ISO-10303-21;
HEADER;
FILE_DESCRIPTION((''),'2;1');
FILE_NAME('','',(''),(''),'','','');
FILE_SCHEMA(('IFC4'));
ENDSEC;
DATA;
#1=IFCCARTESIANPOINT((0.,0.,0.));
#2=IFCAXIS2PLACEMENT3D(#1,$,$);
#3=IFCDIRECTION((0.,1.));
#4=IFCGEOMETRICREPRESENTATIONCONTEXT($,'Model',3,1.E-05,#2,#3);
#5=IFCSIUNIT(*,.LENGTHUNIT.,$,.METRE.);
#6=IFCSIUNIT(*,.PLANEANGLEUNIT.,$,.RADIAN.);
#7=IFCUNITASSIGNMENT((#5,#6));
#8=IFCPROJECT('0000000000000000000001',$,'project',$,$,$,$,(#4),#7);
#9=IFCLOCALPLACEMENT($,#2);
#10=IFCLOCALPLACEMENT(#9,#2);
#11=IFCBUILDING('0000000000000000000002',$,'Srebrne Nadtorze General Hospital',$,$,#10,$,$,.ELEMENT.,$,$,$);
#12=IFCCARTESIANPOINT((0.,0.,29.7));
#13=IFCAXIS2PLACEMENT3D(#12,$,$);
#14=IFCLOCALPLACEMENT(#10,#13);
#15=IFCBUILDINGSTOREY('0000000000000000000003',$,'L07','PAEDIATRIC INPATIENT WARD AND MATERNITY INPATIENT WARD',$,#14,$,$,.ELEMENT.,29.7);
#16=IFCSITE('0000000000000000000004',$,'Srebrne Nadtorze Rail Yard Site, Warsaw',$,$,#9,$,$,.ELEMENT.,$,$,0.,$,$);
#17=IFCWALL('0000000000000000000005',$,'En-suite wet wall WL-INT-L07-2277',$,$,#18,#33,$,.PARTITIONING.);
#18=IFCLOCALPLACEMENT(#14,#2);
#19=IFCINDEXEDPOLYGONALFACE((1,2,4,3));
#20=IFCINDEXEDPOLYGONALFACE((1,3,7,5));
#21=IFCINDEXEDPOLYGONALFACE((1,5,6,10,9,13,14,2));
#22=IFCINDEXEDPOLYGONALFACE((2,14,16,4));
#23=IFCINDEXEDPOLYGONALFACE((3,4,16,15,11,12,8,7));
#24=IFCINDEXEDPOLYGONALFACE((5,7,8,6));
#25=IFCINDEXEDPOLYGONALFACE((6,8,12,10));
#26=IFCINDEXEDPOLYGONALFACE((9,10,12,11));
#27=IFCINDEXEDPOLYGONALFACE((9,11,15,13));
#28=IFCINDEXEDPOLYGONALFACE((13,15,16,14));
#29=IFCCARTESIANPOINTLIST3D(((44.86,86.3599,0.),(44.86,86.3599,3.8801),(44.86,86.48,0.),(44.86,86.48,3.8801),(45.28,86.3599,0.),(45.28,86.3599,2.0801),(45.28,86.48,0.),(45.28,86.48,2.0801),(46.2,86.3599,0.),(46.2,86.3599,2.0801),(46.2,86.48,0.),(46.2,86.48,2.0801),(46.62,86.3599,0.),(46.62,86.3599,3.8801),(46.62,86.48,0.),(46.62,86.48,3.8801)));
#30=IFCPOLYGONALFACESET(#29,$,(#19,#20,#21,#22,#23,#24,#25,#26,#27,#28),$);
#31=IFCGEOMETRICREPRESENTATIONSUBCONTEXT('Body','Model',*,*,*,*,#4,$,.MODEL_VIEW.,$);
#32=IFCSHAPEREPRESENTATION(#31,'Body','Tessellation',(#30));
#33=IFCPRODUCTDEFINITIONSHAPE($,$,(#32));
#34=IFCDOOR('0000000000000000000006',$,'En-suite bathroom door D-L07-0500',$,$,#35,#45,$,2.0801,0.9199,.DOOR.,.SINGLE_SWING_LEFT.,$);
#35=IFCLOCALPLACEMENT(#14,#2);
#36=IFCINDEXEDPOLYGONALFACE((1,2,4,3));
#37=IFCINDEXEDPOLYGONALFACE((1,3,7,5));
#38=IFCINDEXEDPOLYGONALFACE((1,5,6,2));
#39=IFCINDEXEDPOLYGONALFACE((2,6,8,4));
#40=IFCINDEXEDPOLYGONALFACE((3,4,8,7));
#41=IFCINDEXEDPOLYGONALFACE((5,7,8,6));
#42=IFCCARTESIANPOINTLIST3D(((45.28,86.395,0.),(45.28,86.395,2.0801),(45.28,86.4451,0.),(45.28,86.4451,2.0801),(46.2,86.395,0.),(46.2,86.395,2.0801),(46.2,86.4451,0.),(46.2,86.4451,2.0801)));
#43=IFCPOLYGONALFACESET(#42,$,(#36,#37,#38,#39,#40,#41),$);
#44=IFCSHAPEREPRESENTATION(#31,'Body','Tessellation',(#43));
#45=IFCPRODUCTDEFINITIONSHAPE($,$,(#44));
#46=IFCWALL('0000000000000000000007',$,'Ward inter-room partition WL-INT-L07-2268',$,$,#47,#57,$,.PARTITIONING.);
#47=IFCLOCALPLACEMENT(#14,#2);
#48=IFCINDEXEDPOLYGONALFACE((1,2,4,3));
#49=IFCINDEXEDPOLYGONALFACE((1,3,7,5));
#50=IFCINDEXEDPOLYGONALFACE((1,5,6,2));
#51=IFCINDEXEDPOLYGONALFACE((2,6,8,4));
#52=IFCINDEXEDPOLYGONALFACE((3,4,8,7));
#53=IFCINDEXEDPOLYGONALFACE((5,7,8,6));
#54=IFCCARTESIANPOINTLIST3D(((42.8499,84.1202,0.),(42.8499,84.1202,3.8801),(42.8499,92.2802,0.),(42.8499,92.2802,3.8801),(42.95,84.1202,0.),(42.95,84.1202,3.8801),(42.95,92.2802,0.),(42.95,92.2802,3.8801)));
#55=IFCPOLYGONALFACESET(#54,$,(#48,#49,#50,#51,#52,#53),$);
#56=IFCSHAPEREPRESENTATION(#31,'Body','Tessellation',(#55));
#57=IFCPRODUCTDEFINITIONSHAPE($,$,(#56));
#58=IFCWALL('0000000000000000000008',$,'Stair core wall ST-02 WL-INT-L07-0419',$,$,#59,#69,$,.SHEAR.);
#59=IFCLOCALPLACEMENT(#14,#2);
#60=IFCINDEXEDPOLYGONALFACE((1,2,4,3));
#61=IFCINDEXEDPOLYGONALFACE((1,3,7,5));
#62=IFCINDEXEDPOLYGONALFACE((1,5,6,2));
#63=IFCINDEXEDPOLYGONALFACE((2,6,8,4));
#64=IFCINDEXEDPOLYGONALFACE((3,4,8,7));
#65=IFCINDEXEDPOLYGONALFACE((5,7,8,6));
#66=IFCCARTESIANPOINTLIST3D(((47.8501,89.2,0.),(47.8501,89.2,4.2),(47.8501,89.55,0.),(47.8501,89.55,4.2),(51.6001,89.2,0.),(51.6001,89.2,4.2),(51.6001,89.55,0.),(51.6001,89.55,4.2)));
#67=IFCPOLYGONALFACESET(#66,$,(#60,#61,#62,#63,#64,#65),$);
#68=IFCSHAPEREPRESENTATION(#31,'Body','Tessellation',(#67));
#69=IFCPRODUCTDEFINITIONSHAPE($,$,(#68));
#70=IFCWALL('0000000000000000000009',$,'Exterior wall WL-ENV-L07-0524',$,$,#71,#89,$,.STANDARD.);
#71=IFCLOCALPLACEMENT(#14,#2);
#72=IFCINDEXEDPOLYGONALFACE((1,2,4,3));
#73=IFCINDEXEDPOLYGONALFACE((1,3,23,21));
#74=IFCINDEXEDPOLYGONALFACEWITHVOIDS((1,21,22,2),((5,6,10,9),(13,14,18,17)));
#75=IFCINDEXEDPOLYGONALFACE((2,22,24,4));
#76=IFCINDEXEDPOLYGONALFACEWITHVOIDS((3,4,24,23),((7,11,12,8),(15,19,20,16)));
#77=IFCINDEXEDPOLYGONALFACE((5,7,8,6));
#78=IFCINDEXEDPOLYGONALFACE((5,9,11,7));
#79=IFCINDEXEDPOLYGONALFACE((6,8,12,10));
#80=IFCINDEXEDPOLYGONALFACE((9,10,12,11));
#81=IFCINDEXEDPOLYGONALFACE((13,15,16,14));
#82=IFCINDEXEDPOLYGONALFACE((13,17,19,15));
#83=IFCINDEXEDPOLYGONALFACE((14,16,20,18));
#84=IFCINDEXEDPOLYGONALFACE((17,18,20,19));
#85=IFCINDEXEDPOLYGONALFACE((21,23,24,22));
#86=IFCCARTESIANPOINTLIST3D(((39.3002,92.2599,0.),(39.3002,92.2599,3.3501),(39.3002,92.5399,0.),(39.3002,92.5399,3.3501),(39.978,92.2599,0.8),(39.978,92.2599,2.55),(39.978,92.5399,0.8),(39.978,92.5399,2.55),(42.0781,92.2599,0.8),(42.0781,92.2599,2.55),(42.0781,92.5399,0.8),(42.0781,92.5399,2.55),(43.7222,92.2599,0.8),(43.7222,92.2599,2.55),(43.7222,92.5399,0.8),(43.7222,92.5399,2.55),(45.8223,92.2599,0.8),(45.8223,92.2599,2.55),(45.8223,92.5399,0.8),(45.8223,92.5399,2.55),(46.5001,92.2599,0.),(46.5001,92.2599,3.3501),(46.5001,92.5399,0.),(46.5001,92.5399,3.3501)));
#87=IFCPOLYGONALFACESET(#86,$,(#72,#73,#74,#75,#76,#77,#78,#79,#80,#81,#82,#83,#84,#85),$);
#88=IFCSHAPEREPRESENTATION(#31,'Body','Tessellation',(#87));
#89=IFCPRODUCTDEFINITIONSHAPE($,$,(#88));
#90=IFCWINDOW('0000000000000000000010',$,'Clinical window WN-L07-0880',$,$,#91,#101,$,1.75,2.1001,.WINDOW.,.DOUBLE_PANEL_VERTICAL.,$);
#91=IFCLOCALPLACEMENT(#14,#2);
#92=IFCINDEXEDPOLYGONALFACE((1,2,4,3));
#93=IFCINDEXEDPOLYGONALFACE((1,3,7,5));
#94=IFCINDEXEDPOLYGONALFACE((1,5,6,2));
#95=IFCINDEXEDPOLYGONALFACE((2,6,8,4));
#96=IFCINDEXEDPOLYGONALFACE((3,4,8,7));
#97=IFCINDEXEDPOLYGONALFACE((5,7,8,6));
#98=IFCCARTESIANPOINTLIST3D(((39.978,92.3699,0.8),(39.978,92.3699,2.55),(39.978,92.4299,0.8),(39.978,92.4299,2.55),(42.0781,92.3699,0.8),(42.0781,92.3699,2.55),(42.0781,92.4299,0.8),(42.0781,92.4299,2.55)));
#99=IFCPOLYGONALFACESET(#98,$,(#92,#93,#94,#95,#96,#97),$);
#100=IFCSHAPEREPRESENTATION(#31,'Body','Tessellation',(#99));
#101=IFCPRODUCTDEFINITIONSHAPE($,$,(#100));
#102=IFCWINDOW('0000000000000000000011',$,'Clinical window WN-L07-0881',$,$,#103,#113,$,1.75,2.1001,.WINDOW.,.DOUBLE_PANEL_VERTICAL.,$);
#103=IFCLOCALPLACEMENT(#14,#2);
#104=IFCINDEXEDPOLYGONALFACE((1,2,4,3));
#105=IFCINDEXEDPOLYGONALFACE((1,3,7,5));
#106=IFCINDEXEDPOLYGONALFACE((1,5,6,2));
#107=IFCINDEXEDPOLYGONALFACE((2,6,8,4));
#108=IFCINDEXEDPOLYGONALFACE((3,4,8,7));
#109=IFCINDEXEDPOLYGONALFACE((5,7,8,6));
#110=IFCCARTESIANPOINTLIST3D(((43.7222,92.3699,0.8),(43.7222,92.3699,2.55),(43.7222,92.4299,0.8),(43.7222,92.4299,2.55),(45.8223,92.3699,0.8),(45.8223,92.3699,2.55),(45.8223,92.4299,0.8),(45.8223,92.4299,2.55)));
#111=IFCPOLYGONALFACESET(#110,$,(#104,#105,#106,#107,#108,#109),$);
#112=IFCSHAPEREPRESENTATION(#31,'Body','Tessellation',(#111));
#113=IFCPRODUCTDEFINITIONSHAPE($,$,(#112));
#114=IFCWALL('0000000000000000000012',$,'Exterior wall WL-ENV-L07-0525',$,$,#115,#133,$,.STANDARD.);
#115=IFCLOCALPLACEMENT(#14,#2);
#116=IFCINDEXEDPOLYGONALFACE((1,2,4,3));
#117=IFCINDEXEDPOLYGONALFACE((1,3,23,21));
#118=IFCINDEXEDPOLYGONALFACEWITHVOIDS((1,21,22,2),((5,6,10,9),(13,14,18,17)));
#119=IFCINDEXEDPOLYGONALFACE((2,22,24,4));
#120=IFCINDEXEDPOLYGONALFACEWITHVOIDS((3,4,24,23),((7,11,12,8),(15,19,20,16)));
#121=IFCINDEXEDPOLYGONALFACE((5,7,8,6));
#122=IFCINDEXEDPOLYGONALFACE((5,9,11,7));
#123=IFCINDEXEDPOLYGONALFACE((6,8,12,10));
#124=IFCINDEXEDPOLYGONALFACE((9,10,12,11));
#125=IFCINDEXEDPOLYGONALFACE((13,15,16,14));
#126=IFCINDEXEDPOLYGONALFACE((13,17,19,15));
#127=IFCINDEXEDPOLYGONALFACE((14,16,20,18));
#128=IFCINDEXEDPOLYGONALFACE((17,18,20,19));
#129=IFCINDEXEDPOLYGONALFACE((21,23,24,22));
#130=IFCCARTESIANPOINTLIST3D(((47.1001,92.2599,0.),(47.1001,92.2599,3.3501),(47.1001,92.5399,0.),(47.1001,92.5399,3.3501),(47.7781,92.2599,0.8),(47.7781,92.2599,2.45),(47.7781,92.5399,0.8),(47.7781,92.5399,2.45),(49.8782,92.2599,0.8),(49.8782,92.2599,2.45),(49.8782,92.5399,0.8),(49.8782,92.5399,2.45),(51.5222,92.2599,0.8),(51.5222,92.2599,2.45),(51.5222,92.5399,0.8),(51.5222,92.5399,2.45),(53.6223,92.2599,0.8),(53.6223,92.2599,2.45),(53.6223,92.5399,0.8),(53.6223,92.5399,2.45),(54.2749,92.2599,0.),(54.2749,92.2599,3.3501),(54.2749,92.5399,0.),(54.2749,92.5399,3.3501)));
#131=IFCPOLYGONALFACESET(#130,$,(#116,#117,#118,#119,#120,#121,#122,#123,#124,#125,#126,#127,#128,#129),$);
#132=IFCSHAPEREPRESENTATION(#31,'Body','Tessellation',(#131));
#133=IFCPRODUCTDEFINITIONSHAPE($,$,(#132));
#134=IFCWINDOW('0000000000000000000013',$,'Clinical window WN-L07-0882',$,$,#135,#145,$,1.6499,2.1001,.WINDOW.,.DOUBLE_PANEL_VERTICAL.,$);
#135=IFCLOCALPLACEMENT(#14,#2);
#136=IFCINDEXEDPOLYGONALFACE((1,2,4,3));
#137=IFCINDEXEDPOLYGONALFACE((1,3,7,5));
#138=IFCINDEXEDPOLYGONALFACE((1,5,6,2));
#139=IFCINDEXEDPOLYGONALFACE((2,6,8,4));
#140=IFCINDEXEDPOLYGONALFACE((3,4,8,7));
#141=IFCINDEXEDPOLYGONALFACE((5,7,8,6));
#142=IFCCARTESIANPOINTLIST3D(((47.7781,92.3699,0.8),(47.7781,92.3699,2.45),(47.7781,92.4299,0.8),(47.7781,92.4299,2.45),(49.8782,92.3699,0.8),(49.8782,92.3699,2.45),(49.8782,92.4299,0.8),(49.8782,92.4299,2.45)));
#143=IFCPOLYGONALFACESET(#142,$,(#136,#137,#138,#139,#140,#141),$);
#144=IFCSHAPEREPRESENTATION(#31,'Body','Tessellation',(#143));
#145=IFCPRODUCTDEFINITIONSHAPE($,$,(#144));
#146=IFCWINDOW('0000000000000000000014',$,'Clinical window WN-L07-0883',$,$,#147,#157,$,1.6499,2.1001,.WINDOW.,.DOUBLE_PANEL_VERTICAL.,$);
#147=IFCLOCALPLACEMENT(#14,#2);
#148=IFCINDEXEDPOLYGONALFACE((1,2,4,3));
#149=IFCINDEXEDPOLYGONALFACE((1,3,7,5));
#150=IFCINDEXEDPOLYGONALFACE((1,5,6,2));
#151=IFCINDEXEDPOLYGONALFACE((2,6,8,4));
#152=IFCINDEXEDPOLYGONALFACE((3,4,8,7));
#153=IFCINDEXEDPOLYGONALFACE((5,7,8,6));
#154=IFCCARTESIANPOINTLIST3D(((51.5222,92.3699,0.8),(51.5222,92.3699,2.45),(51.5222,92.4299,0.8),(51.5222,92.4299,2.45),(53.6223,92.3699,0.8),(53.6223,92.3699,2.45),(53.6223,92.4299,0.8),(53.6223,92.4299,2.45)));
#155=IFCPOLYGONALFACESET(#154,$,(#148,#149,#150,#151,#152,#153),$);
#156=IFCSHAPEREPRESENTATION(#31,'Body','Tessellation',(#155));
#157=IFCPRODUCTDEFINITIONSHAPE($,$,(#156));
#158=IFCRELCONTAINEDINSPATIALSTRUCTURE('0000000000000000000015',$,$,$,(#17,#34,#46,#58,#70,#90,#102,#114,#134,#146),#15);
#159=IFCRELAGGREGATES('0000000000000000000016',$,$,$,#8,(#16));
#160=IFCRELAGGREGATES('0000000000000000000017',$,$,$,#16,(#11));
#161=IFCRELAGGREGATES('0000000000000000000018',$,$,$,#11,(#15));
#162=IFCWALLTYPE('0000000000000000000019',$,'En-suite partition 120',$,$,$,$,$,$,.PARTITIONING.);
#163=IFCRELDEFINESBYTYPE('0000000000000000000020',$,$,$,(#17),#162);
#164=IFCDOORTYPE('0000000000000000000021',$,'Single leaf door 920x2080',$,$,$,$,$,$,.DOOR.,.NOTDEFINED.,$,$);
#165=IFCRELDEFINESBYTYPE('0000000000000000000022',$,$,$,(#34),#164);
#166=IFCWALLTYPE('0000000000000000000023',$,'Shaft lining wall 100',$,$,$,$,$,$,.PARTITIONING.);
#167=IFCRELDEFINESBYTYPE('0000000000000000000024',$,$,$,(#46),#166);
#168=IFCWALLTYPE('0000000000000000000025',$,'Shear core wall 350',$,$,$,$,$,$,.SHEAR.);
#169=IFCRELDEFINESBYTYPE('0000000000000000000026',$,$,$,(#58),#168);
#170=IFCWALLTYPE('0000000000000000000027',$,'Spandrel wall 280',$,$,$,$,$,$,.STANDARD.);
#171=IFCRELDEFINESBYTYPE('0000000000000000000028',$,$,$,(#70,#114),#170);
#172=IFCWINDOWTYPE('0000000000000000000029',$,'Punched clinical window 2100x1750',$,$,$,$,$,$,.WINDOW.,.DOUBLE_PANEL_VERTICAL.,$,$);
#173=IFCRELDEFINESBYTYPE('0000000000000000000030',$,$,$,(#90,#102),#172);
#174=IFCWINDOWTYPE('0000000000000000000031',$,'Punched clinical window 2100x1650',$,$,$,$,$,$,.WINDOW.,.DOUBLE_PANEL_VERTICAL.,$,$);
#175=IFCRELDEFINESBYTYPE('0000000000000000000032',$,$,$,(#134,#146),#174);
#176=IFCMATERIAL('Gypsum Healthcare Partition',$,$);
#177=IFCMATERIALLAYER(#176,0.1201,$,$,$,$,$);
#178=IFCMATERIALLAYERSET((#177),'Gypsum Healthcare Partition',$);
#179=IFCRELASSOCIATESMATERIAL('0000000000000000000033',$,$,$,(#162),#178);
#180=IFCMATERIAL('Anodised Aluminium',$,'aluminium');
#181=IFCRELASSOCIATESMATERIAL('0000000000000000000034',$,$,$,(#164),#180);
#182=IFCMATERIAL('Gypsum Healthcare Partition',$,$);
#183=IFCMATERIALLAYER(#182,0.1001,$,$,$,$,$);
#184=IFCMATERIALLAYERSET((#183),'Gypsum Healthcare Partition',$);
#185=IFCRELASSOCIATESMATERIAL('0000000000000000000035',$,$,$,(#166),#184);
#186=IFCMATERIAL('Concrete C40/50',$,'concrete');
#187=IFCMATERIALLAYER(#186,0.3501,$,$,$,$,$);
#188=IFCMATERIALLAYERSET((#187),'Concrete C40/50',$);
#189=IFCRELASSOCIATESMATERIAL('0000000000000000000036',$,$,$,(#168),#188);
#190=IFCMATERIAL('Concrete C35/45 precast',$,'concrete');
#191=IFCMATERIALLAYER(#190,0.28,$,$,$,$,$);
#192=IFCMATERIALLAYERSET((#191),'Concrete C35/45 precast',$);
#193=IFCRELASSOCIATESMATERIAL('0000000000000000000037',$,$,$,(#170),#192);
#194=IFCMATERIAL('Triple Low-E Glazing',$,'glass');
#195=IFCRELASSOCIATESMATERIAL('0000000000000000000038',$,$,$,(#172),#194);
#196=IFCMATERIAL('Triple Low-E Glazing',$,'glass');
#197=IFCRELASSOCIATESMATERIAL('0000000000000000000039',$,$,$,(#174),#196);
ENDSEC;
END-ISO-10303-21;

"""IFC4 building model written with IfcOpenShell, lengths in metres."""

from ifc_helpers import new_model, si_unit, direction, frame, frame_2d, origin, place, context, subcontext, project, spatial, rectangle, extrude, material, layer, layer_set, type_object, element, fill, save


model = new_model("IFC4")

# Units and contexts
model_context = context("Model", 3, precision=1e-05, world=origin(), true_north=direction((0.0, 1.0)))
body_context = subcontext(model_context, "Body", "Model", "MODEL_VIEW")
ifc_project = project(units=[si_unit("LENGTHUNIT", "METRE"), si_unit("PLANEANGLEUNIT", "RADIAN")], contexts=[model_context])

# Site, building, storey
site_placement = place(None, origin())
site = spatial("IfcSite", under=ifc_project, at=site_placement, Name="Srebrne Nadtorze Rail Yard Site, Warsaw", CompositionType="ELEMENT", RefElevation=0.0)
building_placement = place(site_placement, origin())
building = spatial("IfcBuilding", under=site, at=building_placement, Name="Srebrne Nadtorze General Hospital", CompositionType="ELEMENT")
storey_placement = place(building_placement, frame((0.0, 0.0, 29.7)))
storey = spatial("IfcBuildingStorey", under=building, at=storey_placement, Name="L07", Description="PAEDIATRIC INPATIENT WARD AND MATERNITY INPATIENT WARD", CompositionType="ELEMENT", Elevation=29.7)

# Shared definitions
ifc_material_1 = material(Name="Gypsum Healthcare Partition")
ifc_layer_1 = layer(ifc_material_1, 0.1201)
ifc_layer_set_1 = layer_set([ifc_layer_1], Name="Gypsum Healthcare Partition")
wall_type_1 = type_object("IfcWallType", Name="En-suite partition 120", PredefinedType="PARTITIONING", material=ifc_layer_set_1)

# Wall, opening, door
wall_1_placement = place(storey_placement, frame((44.8601, 86.4199, 0.0), z_axis=(0.0, 0.0, 1.0), x_axis=(1.0, 0.0, 0.0)))
wall_1 = element("IfcWall", 1, at=wall_1_placement, inside=storey, type_object=wall_type_1, Name="En-suite wet wall WL-INT-L07-2277", PredefinedType="PARTITIONING", context=body_context, shape_type="SweptSolid", body=[
    extrude(rectangle(XDim=1.76, YDim=0.1201, at=frame_2d((0.8799, 0.0))), origin(), (0.0, 0.0, 1.0), 3.8801),
])
opening_1_placement = place(wall_1_placement, frame((0.4199, 0.0, 0.0)))
opening_1 = element("IfcOpeningElement", 2, at=opening_1_placement, cuts=wall_1, PredefinedType="OPENING", context=body_context, shape_type="SweptSolid", body=[
    extrude(rectangle(XDim=0.9199, YDim=2.0801, at=frame_2d((0.46, 1.04))), frame((0.0, 0.072, 0.0), z_axis=(0.0, -1.0, 0.0), x_axis=(1.0, 0.0, 0.0)), (0.0, 0.0, 1.0), 0.144),
])
ifc_material_2 = material(Name="Anodised Aluminium", Category="aluminium")
door_type_1 = type_object("IfcDoorType", Name="Single leaf door 920x2080", OperationType="NOTDEFINED", PredefinedType="DOOR", material=ifc_material_2)
door_1_placement = place(opening_1_placement, frame((0.9199, 0.0, 0.0), z_axis=(0.0, 0.0, 1.0), x_axis=(-1.0, 0.0, 0.0)))
door_1 = element("IfcDoor", 3, at=door_1_placement, inside=storey, type_object=door_type_1, Name="En-suite bathroom door D-L07-0500", OperationType="SINGLE_SWING_LEFT", OverallHeight=2.0801, OverallWidth=0.9199, PredefinedType="DOOR", context=body_context, shape_type="SweptSolid", body=[
    extrude(rectangle(XDim=0.9199, YDim=2.0801, at=frame_2d((0.46, 1.04))), frame((0.0, 0.0249, 0.0), z_axis=(0.0, -1.0, 0.0), x_axis=(1.0, 0.0, 0.0)), (0.0, 0.0, 1.0), 0.05),
])
fill(opening_1, door_1)

# Walls
ifc_material_3 = material(Name="Gypsum Healthcare Partition")
ifc_layer_2 = layer(ifc_material_3, 0.1001)
ifc_layer_set_2 = layer_set([ifc_layer_2], Name="Gypsum Healthcare Partition")
wall_type_2 = type_object("IfcWallType", Name="Shaft lining wall 100", PredefinedType="PARTITIONING", material=ifc_layer_set_2)
wall_2_placement = place(storey_placement, frame((42.8999, 84.1201, 0.0), z_axis=(0.0, 0.0, 1.0), x_axis=(0.0, 1.0, 0.0)))
element("IfcWall", 4, at=wall_2_placement, inside=storey, type_object=wall_type_2, Name="Ward inter-room partition WL-INT-L07-2268", PredefinedType="PARTITIONING", context=body_context, shape_type="SweptSolid", body=[
    extrude(rectangle(XDim=8.1599, YDim=0.1001, at=frame_2d((4.0801, 0.0))), origin(), (0.0, 0.0, 1.0), 3.8801),
])
ifc_material_4 = material(Name="Concrete C40/50", Category="concrete")
ifc_layer_3 = layer(ifc_material_4, 0.3501)
ifc_layer_set_3 = layer_set([ifc_layer_3], Name="Concrete C40/50")
wall_type_3 = type_object("IfcWallType", Name="Shear core wall 350", PredefinedType="SHEAR", material=ifc_layer_set_3)
wall_3_placement = place(storey_placement, frame((47.8501, 89.375, 0.0), z_axis=(0.0, 0.0, 1.0), x_axis=(1.0, 0.0, 0.0)))
element("IfcWall", 5, at=wall_3_placement, inside=storey, type_object=wall_type_3, Name="Stair core wall ST-02 WL-INT-L07-0419", PredefinedType="SHEAR", context=body_context, shape_type="SweptSolid", body=[
    extrude(rectangle(XDim=3.75, YDim=0.3501, at=frame_2d((1.875, 0.0))), origin(), (0.0, 0.0, 1.0), 4.2),
])

# Walls, openings, windows
ifc_material_5 = material(Name="Concrete C35/45 precast", Category="concrete")
ifc_layer_4 = layer(ifc_material_5, 0.28)
ifc_layer_set_4 = layer_set([ifc_layer_4], Name="Concrete C35/45 precast")
wall_type_4 = type_object("IfcWallType", Name="Spandrel wall 280", PredefinedType="STANDARD", material=ifc_layer_set_4)
wall_4_placement = place(storey_placement, frame((39.3, 92.3999, 0.0), z_axis=(0.0, 0.0, 1.0), x_axis=(1.0, 0.0, 0.0)))
wall_4 = element("IfcWall", 6, at=wall_4_placement, inside=storey, type_object=wall_type_4, Name="Exterior wall WL-ENV-L07-0524", PredefinedType="STANDARD", context=body_context, shape_type="SweptSolid", body=[
    extrude(rectangle(XDim=7.2, YDim=0.28, at=frame_2d((3.6001, 0.0))), origin(), (0.0, 0.0, 1.0), 3.3501),
])
opening_2_placement = place(wall_4_placement, frame((0.678, 0.0, 0.8)))
opening_2 = element("IfcOpeningElement", 7, at=opening_2_placement, cuts=wall_4, PredefinedType="OPENING", context=body_context, shape_type="SweptSolid", body=[
    extrude(rectangle(XDim=2.1001, YDim=1.75, at=frame_2d((1.05, 0.875))), frame((0.0, 0.1519, 0.0), z_axis=(0.0, -1.0, 0.0), x_axis=(1.0, 0.0, 0.0)), (0.0, 0.0, 1.0), 0.304),
])
opening_3_placement = place(wall_4_placement, frame((4.4221, 0.0, 0.8)))
opening_3 = element("IfcOpeningElement", 8, at=opening_3_placement, cuts=wall_4, PredefinedType="OPENING", context=body_context, shape_type="SweptSolid", body=[
    extrude(rectangle(XDim=2.1001, YDim=1.75, at=frame_2d((1.05, 0.875))), frame((0.0, 0.1519, 0.0), z_axis=(0.0, -1.0, 0.0), x_axis=(1.0, 0.0, 0.0)), (0.0, 0.0, 1.0), 0.304),
])
ifc_material_6 = material(Name="Triple Low-E Glazing", Category="glass")
window_type_1 = type_object("IfcWindowType", Name="Punched clinical window 2100x1750", PartitioningType="DOUBLE_PANEL_VERTICAL", PredefinedType="WINDOW", material=ifc_material_6)
window_1_placement = place(opening_2_placement, origin())
window_1 = element("IfcWindow", 9, at=window_1_placement, inside=storey, type_object=window_type_1, Name="Clinical window WN-L07-0880", OverallHeight=1.75, OverallWidth=2.1001, PartitioningType="DOUBLE_PANEL_VERTICAL", PredefinedType="WINDOW", context=body_context, shape_type="SweptSolid", body=[
    extrude(rectangle(XDim=2.1001, YDim=1.75, at=frame_2d((1.05, 0.875))), frame((0.0, 0.03, 0.0), z_axis=(0.0, -1.0, 0.0), x_axis=(1.0, 0.0, 0.0)), (0.0, 0.0, 1.0), 0.0601),
])
fill(opening_2, window_1)
window_2_placement = place(opening_3_placement, origin())
window_2 = element("IfcWindow", 10, at=window_2_placement, inside=storey, type_object=window_type_1, Name="Clinical window WN-L07-0881", OverallHeight=1.75, OverallWidth=2.1001, PartitioningType="DOUBLE_PANEL_VERTICAL", PredefinedType="WINDOW", context=body_context, shape_type="SweptSolid", body=[
    extrude(rectangle(XDim=2.1001, YDim=1.75, at=frame_2d((1.05, 0.875))), frame((0.0, 0.03, 0.0), z_axis=(0.0, -1.0, 0.0), x_axis=(1.0, 0.0, 0.0)), (0.0, 0.0, 1.0), 0.0601),
])
fill(opening_3, window_2)
wall_5_placement = place(storey_placement, frame((47.1001, 92.3999, 0.0), z_axis=(0.0, 0.0, 1.0), x_axis=(1.0, 0.0, 0.0)))
wall_5 = element("IfcWall", 11, at=wall_5_placement, inside=storey, type_object=wall_type_4, Name="Exterior wall WL-ENV-L07-0525", PredefinedType="STANDARD", context=body_context, shape_type="SweptSolid", body=[
    extrude(rectangle(XDim=7.1748, YDim=0.28, at=frame_2d((3.5874, 0.0))), origin(), (0.0, 0.0, 1.0), 3.3501),
])
opening_4_placement = place(wall_5_placement, frame((0.678, 0.0, 0.8)))
opening_4 = element("IfcOpeningElement", 12, at=opening_4_placement, cuts=wall_5, PredefinedType="OPENING", context=body_context, shape_type="SweptSolid", body=[
    extrude(rectangle(XDim=2.1001, YDim=1.6499, at=frame_2d((1.05, 0.825))), frame((0.0, 0.1519, 0.0), z_axis=(0.0, -1.0, 0.0), x_axis=(1.0, 0.0, 0.0)), (0.0, 0.0, 1.0), 0.304),
])
opening_5_placement = place(wall_5_placement, frame((4.4221, 0.0, 0.8)))
opening_5 = element("IfcOpeningElement", 13, at=opening_5_placement, cuts=wall_5, PredefinedType="OPENING", context=body_context, shape_type="SweptSolid", body=[
    extrude(rectangle(XDim=2.1001, YDim=1.6499, at=frame_2d((1.05, 0.825))), frame((0.0, 0.1519, 0.0), z_axis=(0.0, -1.0, 0.0), x_axis=(1.0, 0.0, 0.0)), (0.0, 0.0, 1.0), 0.304),
])
ifc_material_7 = material(Name="Triple Low-E Glazing", Category="glass")
window_type_2 = type_object("IfcWindowType", Name="Punched clinical window 2100x1650", PartitioningType="DOUBLE_PANEL_VERTICAL", PredefinedType="WINDOW", material=ifc_material_7)
window_3_placement = place(opening_4_placement, origin())
window_3 = element("IfcWindow", 14, at=window_3_placement, inside=storey, type_object=window_type_2, Name="Clinical window WN-L07-0882", OverallHeight=1.6499, OverallWidth=2.1001, PartitioningType="DOUBLE_PANEL_VERTICAL", PredefinedType="WINDOW", context=body_context, shape_type="SweptSolid", body=[
    extrude(rectangle(XDim=2.1001, YDim=1.6499, at=frame_2d((1.05, 0.825))), frame((0.0, 0.03, 0.0), z_axis=(0.0, -1.0, 0.0), x_axis=(1.0, 0.0, 0.0)), (0.0, 0.0, 1.0), 0.0601),
])
fill(opening_4, window_3)
window_4_placement = place(opening_5_placement, origin())
window_4 = element("IfcWindow", 15, at=window_4_placement, inside=storey, type_object=window_type_2, Name="Clinical window WN-L07-0883", OverallHeight=1.6499, OverallWidth=2.1001, PartitioningType="DOUBLE_PANEL_VERTICAL", PredefinedType="WINDOW", context=body_context, shape_type="SweptSolid", body=[
    extrude(rectangle(XDim=2.1001, YDim=1.6499, at=frame_2d((1.05, 0.825))), frame((0.0, 0.03, 0.0), z_axis=(0.0, -1.0, 0.0), x_axis=(1.0, 0.0, 0.0)), (0.0, 0.0, 1.0), 0.0601),
])
fill(opening_5, window_4)

save(model, "model.ifc")
